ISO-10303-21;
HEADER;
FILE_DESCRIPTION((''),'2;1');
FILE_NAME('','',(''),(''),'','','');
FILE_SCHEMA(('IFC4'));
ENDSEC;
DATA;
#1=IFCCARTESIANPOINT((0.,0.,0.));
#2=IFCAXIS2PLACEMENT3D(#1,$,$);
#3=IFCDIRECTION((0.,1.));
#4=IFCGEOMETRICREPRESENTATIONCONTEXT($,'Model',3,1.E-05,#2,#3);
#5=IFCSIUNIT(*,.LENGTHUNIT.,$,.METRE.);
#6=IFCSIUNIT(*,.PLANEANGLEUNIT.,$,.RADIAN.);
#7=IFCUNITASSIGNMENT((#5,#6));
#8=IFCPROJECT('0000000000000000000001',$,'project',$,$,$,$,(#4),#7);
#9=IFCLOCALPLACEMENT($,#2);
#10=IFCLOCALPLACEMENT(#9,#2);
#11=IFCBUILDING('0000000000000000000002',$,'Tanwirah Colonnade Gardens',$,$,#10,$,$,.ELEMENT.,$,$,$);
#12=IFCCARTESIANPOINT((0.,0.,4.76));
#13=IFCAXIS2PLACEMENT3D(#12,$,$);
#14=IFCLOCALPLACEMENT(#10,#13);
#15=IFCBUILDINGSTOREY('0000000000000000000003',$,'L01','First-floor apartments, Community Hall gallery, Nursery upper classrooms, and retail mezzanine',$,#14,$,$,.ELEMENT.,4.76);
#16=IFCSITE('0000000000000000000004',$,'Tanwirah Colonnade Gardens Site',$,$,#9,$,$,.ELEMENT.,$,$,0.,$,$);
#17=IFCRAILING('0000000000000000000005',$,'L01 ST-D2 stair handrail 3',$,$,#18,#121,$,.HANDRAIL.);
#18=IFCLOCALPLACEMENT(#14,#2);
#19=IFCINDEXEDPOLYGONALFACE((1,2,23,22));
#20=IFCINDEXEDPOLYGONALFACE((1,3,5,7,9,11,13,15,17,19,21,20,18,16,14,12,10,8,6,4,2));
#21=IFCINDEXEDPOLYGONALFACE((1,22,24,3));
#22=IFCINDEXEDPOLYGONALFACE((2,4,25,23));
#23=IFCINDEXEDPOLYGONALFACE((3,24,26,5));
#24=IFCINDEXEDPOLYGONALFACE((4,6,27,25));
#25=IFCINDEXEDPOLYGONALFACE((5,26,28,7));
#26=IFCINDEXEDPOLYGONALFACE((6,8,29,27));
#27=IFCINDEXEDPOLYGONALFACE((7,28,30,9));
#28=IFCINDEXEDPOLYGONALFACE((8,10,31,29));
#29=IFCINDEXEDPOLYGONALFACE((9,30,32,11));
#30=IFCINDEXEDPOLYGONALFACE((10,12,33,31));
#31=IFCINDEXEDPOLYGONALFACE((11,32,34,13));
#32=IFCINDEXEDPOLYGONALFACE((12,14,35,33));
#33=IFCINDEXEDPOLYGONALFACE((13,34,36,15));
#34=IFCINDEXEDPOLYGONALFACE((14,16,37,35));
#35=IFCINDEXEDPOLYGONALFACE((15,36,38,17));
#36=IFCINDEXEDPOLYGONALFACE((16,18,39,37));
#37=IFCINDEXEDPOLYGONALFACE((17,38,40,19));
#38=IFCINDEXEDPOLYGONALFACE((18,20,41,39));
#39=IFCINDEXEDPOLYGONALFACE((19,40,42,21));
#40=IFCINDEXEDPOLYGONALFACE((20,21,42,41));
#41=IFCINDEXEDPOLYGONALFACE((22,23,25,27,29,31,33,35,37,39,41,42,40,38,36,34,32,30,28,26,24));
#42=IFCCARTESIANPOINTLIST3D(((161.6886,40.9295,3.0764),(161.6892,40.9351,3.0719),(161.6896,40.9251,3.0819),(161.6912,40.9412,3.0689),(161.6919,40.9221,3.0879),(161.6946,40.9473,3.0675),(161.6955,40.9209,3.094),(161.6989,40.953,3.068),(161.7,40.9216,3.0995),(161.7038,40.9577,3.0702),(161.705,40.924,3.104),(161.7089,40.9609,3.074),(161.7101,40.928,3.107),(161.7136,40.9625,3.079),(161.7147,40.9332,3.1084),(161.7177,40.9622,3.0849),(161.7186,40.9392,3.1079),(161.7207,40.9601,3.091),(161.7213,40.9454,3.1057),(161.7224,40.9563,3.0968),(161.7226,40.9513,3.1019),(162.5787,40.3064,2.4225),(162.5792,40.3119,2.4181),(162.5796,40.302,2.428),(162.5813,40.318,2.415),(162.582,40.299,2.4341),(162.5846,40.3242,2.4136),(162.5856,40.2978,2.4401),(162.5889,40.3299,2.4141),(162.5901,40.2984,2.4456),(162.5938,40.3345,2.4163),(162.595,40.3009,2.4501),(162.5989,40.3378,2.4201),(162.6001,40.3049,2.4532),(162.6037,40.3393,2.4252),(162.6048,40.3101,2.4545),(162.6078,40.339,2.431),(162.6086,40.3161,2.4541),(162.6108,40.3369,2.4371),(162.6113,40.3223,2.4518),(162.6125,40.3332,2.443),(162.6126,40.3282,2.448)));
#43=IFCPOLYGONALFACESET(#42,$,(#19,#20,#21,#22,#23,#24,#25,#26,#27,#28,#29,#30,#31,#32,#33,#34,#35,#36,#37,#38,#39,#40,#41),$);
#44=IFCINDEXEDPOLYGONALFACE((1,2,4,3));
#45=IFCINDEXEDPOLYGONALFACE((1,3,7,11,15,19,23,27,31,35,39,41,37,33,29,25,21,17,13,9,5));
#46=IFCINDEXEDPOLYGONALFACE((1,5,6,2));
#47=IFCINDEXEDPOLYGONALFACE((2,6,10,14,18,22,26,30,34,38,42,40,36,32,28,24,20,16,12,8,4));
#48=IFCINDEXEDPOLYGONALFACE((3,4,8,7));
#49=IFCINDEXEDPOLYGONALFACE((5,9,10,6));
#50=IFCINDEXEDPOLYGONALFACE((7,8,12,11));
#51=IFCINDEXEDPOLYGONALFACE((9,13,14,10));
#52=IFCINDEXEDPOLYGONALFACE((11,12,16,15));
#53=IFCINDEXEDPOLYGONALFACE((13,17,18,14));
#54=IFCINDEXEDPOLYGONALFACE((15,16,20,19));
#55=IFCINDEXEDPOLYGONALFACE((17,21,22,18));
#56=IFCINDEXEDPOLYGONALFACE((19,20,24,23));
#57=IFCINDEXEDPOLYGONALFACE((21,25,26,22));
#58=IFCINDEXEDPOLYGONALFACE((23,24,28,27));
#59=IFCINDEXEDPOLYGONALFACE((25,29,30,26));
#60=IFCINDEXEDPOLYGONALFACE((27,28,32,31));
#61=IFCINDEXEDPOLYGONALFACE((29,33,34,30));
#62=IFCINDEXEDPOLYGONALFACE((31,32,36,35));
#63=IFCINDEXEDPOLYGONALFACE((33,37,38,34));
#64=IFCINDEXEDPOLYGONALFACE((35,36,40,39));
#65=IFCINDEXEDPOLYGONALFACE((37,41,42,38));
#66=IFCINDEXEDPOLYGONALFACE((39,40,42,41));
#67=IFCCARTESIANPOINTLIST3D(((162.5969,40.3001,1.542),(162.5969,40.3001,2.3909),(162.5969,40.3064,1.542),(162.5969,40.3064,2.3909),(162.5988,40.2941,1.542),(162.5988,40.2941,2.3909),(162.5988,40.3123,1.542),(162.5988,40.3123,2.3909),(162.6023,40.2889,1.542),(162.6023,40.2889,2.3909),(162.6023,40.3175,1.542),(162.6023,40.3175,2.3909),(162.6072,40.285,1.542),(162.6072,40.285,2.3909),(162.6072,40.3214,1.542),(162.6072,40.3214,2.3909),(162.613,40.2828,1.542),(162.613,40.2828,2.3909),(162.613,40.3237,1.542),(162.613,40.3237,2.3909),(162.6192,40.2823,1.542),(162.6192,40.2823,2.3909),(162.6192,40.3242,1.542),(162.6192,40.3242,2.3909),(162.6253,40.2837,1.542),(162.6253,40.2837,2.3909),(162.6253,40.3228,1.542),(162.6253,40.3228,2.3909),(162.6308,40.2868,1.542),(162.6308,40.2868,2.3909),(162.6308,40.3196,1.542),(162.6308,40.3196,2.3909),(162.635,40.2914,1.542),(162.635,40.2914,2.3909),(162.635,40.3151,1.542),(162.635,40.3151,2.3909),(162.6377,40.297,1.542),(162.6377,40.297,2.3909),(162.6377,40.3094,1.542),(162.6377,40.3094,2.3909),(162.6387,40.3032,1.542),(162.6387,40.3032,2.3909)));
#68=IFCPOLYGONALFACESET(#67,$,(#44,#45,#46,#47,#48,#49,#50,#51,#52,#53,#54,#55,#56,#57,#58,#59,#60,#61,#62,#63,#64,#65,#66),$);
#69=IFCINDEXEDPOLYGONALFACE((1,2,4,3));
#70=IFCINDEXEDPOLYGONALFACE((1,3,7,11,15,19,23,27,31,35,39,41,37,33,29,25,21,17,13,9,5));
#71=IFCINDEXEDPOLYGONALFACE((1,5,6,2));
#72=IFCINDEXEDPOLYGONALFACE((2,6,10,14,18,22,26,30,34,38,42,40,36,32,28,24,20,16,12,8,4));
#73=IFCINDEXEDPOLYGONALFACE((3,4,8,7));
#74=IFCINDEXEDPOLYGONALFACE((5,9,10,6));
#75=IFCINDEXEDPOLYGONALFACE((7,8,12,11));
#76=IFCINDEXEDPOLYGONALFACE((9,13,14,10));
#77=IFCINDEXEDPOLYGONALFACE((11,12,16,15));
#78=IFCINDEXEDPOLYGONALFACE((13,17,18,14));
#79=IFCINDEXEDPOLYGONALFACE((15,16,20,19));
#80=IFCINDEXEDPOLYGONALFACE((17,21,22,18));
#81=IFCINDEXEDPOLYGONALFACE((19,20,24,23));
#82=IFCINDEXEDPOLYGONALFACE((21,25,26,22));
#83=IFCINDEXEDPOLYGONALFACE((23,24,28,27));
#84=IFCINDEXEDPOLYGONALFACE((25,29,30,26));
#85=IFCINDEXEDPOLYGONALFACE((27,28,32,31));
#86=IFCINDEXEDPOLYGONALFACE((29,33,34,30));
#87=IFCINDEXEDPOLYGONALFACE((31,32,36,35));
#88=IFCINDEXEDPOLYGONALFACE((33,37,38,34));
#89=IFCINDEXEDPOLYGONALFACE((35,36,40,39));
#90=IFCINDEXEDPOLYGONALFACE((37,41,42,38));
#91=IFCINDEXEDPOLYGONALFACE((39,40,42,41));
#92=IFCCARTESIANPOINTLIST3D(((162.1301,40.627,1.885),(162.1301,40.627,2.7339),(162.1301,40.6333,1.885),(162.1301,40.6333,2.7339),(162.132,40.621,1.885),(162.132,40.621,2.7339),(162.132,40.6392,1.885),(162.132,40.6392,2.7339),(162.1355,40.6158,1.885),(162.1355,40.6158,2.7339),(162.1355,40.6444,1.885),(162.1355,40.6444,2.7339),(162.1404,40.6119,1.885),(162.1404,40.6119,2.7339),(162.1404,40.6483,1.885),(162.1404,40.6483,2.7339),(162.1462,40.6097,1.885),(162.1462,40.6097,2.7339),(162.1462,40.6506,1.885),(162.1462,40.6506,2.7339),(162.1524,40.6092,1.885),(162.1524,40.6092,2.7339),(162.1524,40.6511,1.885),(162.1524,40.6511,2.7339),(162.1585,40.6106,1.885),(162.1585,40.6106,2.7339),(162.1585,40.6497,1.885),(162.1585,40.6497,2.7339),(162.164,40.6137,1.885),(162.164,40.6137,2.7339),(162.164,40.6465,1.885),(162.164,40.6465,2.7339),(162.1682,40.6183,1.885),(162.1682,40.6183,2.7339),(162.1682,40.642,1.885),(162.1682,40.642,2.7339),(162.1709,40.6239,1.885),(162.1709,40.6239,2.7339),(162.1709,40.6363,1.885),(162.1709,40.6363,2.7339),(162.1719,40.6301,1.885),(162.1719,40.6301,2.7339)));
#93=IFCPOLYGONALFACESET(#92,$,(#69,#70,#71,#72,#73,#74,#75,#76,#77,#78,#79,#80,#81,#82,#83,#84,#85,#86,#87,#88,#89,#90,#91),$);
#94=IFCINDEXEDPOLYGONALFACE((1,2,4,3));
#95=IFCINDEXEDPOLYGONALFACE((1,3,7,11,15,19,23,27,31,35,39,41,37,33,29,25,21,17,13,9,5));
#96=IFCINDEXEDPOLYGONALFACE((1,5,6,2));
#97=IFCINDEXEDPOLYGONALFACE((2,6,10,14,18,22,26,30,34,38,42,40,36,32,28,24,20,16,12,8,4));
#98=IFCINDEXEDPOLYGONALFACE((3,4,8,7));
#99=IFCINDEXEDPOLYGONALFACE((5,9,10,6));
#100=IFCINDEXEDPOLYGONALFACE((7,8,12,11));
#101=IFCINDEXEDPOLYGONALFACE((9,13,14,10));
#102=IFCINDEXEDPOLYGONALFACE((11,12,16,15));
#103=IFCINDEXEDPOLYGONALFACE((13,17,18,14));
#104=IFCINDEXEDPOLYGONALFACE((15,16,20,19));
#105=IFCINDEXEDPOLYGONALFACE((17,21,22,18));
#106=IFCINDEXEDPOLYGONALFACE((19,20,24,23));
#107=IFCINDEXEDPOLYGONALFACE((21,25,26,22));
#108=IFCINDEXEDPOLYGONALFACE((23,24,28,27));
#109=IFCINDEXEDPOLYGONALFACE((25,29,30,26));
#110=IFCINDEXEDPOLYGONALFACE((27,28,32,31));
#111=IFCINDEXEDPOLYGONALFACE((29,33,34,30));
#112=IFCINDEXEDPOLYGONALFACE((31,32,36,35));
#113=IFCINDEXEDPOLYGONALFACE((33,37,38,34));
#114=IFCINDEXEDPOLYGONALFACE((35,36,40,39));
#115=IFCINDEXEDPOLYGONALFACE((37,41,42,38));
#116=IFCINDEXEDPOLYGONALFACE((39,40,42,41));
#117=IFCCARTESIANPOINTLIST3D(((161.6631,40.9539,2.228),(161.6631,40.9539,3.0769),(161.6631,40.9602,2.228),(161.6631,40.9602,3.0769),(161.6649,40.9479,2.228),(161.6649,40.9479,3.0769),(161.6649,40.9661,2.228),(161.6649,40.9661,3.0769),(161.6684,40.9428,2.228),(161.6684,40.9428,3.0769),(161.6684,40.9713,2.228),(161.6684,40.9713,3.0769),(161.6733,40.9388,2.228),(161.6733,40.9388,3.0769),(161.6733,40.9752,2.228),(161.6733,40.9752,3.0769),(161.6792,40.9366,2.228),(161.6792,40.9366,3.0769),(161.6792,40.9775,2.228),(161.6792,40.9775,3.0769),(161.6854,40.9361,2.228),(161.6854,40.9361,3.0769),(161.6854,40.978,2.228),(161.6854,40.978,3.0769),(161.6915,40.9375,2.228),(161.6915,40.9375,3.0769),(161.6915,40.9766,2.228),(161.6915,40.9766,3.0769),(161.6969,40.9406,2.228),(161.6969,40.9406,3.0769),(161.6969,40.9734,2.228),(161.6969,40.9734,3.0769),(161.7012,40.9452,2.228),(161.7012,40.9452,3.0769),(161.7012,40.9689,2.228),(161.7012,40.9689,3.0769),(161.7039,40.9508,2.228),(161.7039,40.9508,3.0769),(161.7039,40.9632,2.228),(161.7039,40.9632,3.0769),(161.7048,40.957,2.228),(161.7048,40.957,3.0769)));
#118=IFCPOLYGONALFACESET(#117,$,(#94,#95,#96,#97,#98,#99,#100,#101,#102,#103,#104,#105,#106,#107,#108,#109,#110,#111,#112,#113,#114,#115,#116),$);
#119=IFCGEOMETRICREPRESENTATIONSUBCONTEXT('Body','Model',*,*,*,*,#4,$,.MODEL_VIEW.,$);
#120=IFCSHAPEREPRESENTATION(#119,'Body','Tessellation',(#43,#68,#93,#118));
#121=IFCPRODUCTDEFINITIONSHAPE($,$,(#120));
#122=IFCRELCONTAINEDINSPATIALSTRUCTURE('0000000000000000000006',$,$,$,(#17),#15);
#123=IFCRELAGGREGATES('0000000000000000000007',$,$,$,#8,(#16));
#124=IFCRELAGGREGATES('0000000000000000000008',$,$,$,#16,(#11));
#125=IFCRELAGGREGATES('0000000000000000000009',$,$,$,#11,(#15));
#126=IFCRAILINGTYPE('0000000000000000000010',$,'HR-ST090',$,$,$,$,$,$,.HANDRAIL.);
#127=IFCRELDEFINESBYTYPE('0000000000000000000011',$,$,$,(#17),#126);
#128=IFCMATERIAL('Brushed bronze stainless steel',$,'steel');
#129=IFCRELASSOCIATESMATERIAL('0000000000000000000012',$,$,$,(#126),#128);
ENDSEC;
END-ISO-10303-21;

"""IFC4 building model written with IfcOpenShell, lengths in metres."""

from ifc_helpers import new_model, si_unit, direction, frame, origin, origin_2d, place, context, subcontext, project, spatial, circle, extrude, material, type_object, element, save


model = new_model("IFC4")

# Units and contexts
model_context = context("Model", 3, precision=1e-05, world=origin(), true_north=direction((0.0, 1.0)))
body_context = subcontext(model_context, "Body", "Model", "MODEL_VIEW")
ifc_project = project(units=[si_unit("LENGTHUNIT", "METRE"), si_unit("PLANEANGLEUNIT", "RADIAN")], contexts=[model_context])

# Site, building, storey
site_placement = place(None, origin())
site = spatial("IfcSite", under=ifc_project, at=site_placement, Name="Tanwirah Colonnade Gardens Site", CompositionType="ELEMENT", RefElevation=0.0)
building_placement = place(site_placement, origin())
building = spatial("IfcBuilding", under=site, at=building_placement, Name="Tanwirah Colonnade Gardens", CompositionType="ELEMENT")
storey_placement = place(building_placement, frame((0.0, 0.0, 4.76)))
storey = spatial("IfcBuildingStorey", under=building, at=storey_placement, Name="L01", Description="First-floor apartments, Community Hall gallery, Nursery upper classrooms, and retail mezzanine", CompositionType="ELEMENT", Elevation=4.76)

# Railing
ifc_material_1 = material(Name="Brushed bronze stainless steel", Category="steel")
railing_type_1 = type_object("IfcRailingType", Name="HR-ST090", PredefinedType="HANDRAIL", material=ifc_material_1)
railing_1_placement = place(storey_placement, frame((162.6177, 40.3032, 1.542)))
element("IfcRailing", 1, at=railing_1_placement, inside=storey, type_object=railing_type_1, Name="L01 ST-D2 stair handrail 3", PredefinedType="HANDRAIL", context=body_context, shape_type="SweptSolid", body=[
    extrude(circle(Radius=0.0239, at=origin_2d()), frame((-0.022, 0.0154, 0.8921), z_axis=(-0.701883, 0.49141, 0.515632), x_axis=(-0.573534, -0.819182, 0.0)), (0.0, 0.0, 1.0), 1.2681),
    extrude(circle(Radius=0.021, at=origin_2d()), origin(), (0.0, 0.0, 1.0), 0.8489),
    extrude(circle(Radius=0.021, at=origin_2d()), frame((-0.4668, 0.3269, 0.343)), (0.0, 0.0, 1.0), 0.8489),
    extrude(circle(Radius=0.021, at=origin_2d()), frame((-0.9338, 0.6538, 0.686)), (0.0, 0.0, 1.0), 0.8489),
])

save(model, "model.ifc")
